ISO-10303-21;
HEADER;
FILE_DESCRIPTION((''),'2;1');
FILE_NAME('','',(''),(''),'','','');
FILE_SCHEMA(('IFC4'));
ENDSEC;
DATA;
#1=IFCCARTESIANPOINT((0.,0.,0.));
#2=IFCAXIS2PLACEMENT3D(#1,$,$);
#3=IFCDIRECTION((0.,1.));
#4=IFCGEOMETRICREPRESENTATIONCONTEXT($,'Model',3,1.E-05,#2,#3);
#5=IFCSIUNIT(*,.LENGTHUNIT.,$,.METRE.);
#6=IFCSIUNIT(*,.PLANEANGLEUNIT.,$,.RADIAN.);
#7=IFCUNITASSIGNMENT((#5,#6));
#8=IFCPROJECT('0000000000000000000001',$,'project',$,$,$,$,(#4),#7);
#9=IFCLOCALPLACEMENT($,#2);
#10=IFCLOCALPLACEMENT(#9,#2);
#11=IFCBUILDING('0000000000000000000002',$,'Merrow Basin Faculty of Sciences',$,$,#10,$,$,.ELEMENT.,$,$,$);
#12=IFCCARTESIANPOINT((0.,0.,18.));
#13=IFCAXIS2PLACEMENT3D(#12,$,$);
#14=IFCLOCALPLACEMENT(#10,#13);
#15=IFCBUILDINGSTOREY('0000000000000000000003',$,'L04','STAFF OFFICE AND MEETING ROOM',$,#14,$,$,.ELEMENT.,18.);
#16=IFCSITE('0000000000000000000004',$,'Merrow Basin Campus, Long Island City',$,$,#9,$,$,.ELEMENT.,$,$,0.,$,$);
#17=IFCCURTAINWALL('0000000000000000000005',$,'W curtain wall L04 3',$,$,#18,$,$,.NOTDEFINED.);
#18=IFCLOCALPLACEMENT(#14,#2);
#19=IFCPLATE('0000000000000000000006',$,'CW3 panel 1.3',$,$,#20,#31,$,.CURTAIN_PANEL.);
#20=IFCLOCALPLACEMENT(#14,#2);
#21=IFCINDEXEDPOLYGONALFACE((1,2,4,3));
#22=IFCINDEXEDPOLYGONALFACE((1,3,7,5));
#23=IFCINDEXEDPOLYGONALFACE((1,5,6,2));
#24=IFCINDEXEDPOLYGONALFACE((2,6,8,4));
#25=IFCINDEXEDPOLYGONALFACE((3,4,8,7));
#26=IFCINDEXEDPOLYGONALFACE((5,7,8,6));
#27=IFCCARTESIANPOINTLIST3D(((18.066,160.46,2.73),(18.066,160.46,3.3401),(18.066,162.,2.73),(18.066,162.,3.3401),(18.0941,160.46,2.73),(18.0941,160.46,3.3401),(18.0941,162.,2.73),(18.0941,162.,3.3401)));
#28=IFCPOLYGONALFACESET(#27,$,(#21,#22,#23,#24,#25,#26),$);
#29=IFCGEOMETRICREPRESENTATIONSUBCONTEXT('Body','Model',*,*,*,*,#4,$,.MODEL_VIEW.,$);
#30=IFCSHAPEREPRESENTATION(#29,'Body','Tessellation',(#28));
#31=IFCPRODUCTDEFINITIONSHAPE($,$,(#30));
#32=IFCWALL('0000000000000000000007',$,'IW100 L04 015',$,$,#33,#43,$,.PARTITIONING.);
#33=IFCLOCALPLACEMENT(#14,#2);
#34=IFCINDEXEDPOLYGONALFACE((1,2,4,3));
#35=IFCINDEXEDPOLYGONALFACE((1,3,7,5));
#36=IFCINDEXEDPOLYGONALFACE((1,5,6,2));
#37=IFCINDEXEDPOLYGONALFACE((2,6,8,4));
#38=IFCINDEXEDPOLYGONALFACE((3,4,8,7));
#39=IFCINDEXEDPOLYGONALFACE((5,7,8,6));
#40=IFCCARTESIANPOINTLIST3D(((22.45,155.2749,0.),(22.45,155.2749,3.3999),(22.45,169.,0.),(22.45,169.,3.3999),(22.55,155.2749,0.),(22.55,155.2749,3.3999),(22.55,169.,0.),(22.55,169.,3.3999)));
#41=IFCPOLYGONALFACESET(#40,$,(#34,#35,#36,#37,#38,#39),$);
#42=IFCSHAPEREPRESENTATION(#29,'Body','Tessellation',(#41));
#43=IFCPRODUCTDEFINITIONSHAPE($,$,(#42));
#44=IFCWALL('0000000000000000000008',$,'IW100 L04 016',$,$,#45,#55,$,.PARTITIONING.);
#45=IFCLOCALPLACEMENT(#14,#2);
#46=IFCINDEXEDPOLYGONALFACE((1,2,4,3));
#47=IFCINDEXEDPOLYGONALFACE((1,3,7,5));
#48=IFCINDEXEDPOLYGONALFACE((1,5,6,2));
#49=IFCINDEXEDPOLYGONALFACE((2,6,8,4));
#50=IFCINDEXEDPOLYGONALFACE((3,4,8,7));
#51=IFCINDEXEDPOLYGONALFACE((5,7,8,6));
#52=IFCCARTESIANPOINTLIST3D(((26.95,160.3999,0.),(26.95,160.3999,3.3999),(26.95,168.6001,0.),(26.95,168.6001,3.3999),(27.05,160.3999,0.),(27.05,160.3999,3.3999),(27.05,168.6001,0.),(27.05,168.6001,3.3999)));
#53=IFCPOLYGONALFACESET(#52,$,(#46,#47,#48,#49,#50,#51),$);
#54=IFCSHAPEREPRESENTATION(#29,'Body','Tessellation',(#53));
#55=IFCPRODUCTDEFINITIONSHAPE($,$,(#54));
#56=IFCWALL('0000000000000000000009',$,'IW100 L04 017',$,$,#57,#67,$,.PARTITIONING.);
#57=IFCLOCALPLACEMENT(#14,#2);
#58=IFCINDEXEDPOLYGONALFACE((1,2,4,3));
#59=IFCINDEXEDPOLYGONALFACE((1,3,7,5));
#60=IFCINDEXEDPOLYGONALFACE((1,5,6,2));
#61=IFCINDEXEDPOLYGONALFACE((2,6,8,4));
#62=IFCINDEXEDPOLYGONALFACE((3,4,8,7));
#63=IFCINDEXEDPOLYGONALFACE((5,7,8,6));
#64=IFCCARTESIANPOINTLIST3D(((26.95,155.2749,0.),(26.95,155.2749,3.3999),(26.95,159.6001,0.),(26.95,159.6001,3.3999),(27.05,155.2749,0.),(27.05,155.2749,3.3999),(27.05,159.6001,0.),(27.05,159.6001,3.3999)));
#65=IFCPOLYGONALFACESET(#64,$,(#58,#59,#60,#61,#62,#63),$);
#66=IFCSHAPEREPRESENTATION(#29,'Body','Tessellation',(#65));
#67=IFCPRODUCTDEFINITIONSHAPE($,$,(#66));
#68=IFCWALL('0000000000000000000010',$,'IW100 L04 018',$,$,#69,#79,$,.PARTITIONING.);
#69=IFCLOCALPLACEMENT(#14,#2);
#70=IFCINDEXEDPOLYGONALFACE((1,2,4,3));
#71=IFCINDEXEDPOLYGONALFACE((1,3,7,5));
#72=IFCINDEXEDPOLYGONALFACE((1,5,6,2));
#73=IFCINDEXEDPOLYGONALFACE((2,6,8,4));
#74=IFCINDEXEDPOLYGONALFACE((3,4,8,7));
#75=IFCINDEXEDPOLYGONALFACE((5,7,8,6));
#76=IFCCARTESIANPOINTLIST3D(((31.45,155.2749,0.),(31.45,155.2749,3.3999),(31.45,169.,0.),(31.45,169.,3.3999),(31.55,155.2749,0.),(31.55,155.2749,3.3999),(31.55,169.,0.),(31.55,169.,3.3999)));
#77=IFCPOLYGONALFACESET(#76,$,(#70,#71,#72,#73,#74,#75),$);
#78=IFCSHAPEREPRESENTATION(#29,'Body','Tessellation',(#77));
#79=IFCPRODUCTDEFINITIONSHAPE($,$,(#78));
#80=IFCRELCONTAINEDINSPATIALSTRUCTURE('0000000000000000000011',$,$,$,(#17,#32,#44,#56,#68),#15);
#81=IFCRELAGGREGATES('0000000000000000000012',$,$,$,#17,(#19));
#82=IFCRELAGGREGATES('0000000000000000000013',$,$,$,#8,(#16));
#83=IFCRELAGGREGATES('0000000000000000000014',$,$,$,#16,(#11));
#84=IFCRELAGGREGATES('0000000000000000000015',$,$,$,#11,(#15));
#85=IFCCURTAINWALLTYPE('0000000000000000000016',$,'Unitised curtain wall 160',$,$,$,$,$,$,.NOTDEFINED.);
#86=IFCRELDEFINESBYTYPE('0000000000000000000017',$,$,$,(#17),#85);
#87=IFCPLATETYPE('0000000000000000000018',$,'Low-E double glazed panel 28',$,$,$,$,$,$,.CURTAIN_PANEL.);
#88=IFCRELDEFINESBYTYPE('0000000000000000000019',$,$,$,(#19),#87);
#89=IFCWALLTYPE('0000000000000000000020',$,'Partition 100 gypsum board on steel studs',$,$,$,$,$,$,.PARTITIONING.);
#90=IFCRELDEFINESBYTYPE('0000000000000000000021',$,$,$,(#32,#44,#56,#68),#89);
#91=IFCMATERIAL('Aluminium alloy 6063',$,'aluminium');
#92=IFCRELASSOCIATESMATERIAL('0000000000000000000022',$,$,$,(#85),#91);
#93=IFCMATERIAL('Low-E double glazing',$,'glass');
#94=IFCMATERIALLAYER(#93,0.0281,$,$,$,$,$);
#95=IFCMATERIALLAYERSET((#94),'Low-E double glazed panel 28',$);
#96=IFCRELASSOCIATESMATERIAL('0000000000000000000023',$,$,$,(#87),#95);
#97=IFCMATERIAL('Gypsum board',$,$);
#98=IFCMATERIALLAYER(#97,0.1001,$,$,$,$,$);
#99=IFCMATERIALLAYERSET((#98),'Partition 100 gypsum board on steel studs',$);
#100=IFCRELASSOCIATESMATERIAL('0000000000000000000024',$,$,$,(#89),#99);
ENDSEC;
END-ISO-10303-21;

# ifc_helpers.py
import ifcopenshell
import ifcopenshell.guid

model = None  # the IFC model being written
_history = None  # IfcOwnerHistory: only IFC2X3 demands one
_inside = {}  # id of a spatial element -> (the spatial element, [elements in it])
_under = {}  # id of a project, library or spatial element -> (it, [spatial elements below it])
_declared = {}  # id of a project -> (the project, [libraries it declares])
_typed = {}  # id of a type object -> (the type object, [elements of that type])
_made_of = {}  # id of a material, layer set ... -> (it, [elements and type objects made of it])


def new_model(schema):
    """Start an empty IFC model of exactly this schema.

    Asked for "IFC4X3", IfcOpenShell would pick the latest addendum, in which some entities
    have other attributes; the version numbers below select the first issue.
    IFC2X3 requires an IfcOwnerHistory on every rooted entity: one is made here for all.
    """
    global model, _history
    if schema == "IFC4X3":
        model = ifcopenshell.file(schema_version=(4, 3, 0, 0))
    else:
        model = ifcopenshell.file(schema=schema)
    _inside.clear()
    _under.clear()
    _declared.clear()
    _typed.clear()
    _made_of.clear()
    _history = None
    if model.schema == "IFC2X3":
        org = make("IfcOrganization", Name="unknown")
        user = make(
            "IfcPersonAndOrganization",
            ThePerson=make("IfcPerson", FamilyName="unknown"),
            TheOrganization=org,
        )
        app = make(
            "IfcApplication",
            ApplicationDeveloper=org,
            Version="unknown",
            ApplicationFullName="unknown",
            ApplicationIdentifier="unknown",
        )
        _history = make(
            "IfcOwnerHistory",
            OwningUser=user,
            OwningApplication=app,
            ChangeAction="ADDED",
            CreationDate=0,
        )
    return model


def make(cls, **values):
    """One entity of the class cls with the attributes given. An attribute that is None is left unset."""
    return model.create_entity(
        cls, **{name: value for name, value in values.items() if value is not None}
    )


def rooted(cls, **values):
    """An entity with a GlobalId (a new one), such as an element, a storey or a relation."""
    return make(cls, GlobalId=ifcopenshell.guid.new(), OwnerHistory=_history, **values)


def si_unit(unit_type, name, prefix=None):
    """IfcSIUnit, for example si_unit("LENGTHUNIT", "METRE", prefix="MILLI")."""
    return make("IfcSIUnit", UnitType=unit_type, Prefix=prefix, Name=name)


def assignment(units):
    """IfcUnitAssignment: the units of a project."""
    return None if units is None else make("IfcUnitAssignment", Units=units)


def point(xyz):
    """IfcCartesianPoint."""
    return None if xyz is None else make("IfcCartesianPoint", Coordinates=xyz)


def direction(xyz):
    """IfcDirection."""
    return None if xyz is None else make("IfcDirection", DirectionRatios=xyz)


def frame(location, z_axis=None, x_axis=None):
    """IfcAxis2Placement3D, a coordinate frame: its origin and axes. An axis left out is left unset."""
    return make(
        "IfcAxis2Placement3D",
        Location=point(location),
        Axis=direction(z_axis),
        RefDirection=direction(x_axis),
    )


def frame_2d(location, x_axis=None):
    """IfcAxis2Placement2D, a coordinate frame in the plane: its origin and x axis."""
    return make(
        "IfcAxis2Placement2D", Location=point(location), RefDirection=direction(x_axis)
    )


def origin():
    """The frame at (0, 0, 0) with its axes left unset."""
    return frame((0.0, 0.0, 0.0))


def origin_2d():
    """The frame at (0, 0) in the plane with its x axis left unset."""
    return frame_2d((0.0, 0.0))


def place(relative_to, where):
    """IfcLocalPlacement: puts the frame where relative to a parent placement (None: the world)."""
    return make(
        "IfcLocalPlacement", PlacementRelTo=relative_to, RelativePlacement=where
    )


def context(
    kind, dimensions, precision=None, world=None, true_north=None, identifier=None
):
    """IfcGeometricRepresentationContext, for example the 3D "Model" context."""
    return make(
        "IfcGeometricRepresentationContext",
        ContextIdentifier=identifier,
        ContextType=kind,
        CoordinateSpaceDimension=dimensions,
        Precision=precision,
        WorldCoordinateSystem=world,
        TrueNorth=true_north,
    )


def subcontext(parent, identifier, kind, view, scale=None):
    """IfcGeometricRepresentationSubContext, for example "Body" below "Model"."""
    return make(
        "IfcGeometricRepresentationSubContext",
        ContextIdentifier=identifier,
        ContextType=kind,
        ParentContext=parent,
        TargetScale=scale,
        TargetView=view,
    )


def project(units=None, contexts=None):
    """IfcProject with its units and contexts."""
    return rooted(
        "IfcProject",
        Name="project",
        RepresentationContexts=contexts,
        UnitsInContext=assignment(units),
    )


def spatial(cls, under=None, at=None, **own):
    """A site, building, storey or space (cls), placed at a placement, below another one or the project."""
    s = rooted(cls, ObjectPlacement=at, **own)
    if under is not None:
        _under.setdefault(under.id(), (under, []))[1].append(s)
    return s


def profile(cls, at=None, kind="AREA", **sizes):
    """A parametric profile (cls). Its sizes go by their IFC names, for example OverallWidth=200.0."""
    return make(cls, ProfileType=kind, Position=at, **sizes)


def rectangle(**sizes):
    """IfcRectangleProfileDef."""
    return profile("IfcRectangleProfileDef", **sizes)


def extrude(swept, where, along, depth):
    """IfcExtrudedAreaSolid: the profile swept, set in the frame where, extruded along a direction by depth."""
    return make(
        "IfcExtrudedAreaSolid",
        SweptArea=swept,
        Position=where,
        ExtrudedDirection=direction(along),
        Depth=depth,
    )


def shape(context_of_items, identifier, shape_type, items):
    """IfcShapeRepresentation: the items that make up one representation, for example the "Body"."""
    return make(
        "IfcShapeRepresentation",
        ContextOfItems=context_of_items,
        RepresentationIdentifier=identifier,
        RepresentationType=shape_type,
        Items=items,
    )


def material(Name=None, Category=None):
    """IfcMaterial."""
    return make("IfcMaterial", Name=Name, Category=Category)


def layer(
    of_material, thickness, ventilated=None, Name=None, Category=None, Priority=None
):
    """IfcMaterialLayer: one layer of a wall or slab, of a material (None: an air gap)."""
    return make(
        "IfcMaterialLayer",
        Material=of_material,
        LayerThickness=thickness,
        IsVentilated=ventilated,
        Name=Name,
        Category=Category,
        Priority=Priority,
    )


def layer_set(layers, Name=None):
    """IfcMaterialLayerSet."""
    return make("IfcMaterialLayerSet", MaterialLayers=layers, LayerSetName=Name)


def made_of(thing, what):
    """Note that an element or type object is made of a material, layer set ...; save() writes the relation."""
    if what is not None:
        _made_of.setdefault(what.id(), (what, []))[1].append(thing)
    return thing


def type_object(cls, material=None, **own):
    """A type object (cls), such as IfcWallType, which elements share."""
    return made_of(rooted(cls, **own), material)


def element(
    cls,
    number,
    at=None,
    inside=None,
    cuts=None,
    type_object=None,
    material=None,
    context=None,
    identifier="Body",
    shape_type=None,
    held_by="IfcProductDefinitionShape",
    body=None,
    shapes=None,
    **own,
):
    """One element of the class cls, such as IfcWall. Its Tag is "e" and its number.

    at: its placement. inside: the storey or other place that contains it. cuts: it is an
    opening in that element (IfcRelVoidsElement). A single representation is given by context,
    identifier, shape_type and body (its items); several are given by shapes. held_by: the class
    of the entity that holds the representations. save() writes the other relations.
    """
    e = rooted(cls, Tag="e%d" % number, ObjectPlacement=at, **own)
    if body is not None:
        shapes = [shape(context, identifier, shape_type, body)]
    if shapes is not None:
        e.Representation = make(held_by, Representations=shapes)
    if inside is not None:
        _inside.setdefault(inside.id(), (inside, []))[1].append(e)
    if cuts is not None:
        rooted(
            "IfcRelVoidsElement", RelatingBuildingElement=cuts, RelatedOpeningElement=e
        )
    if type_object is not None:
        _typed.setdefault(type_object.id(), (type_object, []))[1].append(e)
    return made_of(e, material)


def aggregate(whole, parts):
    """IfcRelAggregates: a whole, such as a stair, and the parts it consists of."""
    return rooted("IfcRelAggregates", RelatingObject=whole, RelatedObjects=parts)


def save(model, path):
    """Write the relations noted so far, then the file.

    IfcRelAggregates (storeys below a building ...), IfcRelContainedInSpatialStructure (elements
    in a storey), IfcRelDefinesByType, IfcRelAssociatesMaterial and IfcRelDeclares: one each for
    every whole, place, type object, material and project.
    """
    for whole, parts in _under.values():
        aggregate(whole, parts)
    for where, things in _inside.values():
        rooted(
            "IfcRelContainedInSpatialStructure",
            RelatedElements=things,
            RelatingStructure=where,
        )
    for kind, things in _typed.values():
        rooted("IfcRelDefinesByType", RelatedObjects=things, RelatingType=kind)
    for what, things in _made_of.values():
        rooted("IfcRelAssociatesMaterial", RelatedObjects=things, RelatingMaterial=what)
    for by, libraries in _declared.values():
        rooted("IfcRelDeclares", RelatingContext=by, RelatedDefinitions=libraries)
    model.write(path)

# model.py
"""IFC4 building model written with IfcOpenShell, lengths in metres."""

from ifc_helpers import new_model, si_unit, direction, frame, frame_2d, origin, origin_2d, place, context, subcontext, project, spatial, rectangle, extrude, material, layer, layer_set, type_object, element, aggregate, save


model = new_model("IFC4")

# Units and contexts
model_context = context("Model", 3, precision=1e-05, world=origin(), true_north=direction((0.0, 1.0)))
body_context = subcontext(model_context, "Body", "Model", "MODEL_VIEW")
ifc_project = project(units=[si_unit("LENGTHUNIT", "METRE"), si_unit("PLANEANGLEUNIT", "RADIAN")], contexts=[model_context])

# Site, building, storey
site_placement = place(None, origin())
site = spatial("IfcSite", under=ifc_project, at=site_placement, Name="Merrow Basin Campus, Long Island City", CompositionType="ELEMENT", RefElevation=0.0)
building_placement = place(site_placement, origin())
building = spatial("IfcBuilding", under=site, at=building_placement, Name="Merrow Basin Faculty of Sciences", CompositionType="ELEMENT")
storey_placement = place(building_placement, frame((0.0, 0.0, 18.0)))
storey = spatial("IfcBuildingStorey", under=building, at=storey_placement, Name="L04", Description="STAFF OFFICE AND MEETING ROOM", CompositionType="ELEMENT", Elevation=18.0)

# Curtain wall
ifc_material_1 = material(Name="Aluminium alloy 6063", Category="aluminium")
curtain_wall_type = type_object("IfcCurtainWallType", Name="Unitised curtain wall 160", PredefinedType="NOTDEFINED", material=ifc_material_1)
curtain_wall_1_placement = place(storey_placement, origin())
curtain_wall_1 = element("IfcCurtainWall", 1, at=curtain_wall_1_placement, inside=storey, type_object=curtain_wall_type, Name="W curtain wall L04 3", PredefinedType="NOTDEFINED")

# Plate
ifc_material_2 = material(Name="Low-E double glazing", Category="glass")
ifc_layer_1 = layer(ifc_material_2, 0.0281)
ifc_layer_set_1 = layer_set([ifc_layer_1], Name="Low-E double glazed panel 28")
plate_type_1 = type_object("IfcPlateType", Name="Low-E double glazed panel 28", PredefinedType="CURTAIN_PANEL", material=ifc_layer_set_1)
plate_1_placement = place(storey_placement, frame((18.0801, 161.23, 2.73), z_axis=(0.0, 0.0, 1.0), x_axis=(0.0, 1.0, 0.0)))
plate_1 = element("IfcPlate", 2, at=plate_1_placement, type_object=plate_type_1, Name="CW3 panel 1.3", PredefinedType="CURTAIN_PANEL", context=body_context, shape_type="SweptSolid", body=[
    extrude(rectangle(XDim=1.54, YDim=0.0281, at=origin_2d()), origin(), (0.0, 0.0, 1.0), 0.6101),
])
aggregate(curtain_wall_1, [plate_1])

# Walls
ifc_material_3 = material(Name="Gypsum board")
ifc_layer_2 = layer(ifc_material_3, 0.1001)
ifc_layer_set_2 = layer_set([ifc_layer_2], Name="Partition 100 gypsum board on steel studs")
wall_type = type_object("IfcWallType", Name="Partition 100 gypsum board on steel studs", PredefinedType="PARTITIONING", material=ifc_layer_set_2)
wall_1_placement = place(storey_placement, frame((22.5, 155.2749, 0.0), z_axis=(0.0, 0.0, 1.0), x_axis=(0.0, 1.0, 0.0)))
element("IfcWall", 3, at=wall_1_placement, inside=storey, type_object=wall_type, Name="IW100 L04 015", PredefinedType="PARTITIONING", context=body_context, shape_type="SweptSolid", body=[
    extrude(rectangle(XDim=13.7251, YDim=0.1001, at=frame_2d((6.8625, 0.0))), origin(), (0.0, 0.0, 1.0), 3.3999),
])
wall_2_placement = place(storey_placement, frame((27.0, 160.3999, 0.0), z_axis=(0.0, 0.0, 1.0), x_axis=(0.0, 1.0, 0.0)))
element("IfcWall", 4, at=wall_2_placement, inside=storey, type_object=wall_type, Name="IW100 L04 016", PredefinedType="PARTITIONING", context=body_context, shape_type="SweptSolid", body=[
    extrude(rectangle(XDim=8.2002, YDim=0.1001, at=frame_2d((4.1001, 0.0))), origin(), (0.0, 0.0, 1.0), 3.3999),
])
wall_3_placement = place(storey_placement, frame((27.0, 155.2749, 0.0), z_axis=(0.0, 0.0, 1.0), x_axis=(0.0, 1.0, 0.0)))
element("IfcWall", 5, at=wall_3_placement, inside=storey, type_object=wall_type, Name="IW100 L04 017", PredefinedType="PARTITIONING", context=body_context, shape_type="SweptSolid", body=[
    extrude(rectangle(XDim=4.3252, YDim=0.1001, at=frame_2d((2.1626, 0.0))), origin(), (0.0, 0.0, 1.0), 3.3999),
])
wall_4_placement = place(storey_placement, frame((31.5, 155.2749, 0.0), z_axis=(0.0, 0.0, 1.0), x_axis=(0.0, 1.0, 0.0)))
element("IfcWall", 6, at=wall_4_placement, inside=storey, type_object=wall_type, Name="IW100 L04 018", PredefinedType="PARTITIONING", context=body_context, shape_type="SweptSolid", body=[
    extrude(rectangle(XDim=13.7251, YDim=0.1001, at=frame_2d((6.8625, 0.0))), origin(), (0.0, 0.0, 1.0), 3.3999),
])

save(model, "model.ifc")
